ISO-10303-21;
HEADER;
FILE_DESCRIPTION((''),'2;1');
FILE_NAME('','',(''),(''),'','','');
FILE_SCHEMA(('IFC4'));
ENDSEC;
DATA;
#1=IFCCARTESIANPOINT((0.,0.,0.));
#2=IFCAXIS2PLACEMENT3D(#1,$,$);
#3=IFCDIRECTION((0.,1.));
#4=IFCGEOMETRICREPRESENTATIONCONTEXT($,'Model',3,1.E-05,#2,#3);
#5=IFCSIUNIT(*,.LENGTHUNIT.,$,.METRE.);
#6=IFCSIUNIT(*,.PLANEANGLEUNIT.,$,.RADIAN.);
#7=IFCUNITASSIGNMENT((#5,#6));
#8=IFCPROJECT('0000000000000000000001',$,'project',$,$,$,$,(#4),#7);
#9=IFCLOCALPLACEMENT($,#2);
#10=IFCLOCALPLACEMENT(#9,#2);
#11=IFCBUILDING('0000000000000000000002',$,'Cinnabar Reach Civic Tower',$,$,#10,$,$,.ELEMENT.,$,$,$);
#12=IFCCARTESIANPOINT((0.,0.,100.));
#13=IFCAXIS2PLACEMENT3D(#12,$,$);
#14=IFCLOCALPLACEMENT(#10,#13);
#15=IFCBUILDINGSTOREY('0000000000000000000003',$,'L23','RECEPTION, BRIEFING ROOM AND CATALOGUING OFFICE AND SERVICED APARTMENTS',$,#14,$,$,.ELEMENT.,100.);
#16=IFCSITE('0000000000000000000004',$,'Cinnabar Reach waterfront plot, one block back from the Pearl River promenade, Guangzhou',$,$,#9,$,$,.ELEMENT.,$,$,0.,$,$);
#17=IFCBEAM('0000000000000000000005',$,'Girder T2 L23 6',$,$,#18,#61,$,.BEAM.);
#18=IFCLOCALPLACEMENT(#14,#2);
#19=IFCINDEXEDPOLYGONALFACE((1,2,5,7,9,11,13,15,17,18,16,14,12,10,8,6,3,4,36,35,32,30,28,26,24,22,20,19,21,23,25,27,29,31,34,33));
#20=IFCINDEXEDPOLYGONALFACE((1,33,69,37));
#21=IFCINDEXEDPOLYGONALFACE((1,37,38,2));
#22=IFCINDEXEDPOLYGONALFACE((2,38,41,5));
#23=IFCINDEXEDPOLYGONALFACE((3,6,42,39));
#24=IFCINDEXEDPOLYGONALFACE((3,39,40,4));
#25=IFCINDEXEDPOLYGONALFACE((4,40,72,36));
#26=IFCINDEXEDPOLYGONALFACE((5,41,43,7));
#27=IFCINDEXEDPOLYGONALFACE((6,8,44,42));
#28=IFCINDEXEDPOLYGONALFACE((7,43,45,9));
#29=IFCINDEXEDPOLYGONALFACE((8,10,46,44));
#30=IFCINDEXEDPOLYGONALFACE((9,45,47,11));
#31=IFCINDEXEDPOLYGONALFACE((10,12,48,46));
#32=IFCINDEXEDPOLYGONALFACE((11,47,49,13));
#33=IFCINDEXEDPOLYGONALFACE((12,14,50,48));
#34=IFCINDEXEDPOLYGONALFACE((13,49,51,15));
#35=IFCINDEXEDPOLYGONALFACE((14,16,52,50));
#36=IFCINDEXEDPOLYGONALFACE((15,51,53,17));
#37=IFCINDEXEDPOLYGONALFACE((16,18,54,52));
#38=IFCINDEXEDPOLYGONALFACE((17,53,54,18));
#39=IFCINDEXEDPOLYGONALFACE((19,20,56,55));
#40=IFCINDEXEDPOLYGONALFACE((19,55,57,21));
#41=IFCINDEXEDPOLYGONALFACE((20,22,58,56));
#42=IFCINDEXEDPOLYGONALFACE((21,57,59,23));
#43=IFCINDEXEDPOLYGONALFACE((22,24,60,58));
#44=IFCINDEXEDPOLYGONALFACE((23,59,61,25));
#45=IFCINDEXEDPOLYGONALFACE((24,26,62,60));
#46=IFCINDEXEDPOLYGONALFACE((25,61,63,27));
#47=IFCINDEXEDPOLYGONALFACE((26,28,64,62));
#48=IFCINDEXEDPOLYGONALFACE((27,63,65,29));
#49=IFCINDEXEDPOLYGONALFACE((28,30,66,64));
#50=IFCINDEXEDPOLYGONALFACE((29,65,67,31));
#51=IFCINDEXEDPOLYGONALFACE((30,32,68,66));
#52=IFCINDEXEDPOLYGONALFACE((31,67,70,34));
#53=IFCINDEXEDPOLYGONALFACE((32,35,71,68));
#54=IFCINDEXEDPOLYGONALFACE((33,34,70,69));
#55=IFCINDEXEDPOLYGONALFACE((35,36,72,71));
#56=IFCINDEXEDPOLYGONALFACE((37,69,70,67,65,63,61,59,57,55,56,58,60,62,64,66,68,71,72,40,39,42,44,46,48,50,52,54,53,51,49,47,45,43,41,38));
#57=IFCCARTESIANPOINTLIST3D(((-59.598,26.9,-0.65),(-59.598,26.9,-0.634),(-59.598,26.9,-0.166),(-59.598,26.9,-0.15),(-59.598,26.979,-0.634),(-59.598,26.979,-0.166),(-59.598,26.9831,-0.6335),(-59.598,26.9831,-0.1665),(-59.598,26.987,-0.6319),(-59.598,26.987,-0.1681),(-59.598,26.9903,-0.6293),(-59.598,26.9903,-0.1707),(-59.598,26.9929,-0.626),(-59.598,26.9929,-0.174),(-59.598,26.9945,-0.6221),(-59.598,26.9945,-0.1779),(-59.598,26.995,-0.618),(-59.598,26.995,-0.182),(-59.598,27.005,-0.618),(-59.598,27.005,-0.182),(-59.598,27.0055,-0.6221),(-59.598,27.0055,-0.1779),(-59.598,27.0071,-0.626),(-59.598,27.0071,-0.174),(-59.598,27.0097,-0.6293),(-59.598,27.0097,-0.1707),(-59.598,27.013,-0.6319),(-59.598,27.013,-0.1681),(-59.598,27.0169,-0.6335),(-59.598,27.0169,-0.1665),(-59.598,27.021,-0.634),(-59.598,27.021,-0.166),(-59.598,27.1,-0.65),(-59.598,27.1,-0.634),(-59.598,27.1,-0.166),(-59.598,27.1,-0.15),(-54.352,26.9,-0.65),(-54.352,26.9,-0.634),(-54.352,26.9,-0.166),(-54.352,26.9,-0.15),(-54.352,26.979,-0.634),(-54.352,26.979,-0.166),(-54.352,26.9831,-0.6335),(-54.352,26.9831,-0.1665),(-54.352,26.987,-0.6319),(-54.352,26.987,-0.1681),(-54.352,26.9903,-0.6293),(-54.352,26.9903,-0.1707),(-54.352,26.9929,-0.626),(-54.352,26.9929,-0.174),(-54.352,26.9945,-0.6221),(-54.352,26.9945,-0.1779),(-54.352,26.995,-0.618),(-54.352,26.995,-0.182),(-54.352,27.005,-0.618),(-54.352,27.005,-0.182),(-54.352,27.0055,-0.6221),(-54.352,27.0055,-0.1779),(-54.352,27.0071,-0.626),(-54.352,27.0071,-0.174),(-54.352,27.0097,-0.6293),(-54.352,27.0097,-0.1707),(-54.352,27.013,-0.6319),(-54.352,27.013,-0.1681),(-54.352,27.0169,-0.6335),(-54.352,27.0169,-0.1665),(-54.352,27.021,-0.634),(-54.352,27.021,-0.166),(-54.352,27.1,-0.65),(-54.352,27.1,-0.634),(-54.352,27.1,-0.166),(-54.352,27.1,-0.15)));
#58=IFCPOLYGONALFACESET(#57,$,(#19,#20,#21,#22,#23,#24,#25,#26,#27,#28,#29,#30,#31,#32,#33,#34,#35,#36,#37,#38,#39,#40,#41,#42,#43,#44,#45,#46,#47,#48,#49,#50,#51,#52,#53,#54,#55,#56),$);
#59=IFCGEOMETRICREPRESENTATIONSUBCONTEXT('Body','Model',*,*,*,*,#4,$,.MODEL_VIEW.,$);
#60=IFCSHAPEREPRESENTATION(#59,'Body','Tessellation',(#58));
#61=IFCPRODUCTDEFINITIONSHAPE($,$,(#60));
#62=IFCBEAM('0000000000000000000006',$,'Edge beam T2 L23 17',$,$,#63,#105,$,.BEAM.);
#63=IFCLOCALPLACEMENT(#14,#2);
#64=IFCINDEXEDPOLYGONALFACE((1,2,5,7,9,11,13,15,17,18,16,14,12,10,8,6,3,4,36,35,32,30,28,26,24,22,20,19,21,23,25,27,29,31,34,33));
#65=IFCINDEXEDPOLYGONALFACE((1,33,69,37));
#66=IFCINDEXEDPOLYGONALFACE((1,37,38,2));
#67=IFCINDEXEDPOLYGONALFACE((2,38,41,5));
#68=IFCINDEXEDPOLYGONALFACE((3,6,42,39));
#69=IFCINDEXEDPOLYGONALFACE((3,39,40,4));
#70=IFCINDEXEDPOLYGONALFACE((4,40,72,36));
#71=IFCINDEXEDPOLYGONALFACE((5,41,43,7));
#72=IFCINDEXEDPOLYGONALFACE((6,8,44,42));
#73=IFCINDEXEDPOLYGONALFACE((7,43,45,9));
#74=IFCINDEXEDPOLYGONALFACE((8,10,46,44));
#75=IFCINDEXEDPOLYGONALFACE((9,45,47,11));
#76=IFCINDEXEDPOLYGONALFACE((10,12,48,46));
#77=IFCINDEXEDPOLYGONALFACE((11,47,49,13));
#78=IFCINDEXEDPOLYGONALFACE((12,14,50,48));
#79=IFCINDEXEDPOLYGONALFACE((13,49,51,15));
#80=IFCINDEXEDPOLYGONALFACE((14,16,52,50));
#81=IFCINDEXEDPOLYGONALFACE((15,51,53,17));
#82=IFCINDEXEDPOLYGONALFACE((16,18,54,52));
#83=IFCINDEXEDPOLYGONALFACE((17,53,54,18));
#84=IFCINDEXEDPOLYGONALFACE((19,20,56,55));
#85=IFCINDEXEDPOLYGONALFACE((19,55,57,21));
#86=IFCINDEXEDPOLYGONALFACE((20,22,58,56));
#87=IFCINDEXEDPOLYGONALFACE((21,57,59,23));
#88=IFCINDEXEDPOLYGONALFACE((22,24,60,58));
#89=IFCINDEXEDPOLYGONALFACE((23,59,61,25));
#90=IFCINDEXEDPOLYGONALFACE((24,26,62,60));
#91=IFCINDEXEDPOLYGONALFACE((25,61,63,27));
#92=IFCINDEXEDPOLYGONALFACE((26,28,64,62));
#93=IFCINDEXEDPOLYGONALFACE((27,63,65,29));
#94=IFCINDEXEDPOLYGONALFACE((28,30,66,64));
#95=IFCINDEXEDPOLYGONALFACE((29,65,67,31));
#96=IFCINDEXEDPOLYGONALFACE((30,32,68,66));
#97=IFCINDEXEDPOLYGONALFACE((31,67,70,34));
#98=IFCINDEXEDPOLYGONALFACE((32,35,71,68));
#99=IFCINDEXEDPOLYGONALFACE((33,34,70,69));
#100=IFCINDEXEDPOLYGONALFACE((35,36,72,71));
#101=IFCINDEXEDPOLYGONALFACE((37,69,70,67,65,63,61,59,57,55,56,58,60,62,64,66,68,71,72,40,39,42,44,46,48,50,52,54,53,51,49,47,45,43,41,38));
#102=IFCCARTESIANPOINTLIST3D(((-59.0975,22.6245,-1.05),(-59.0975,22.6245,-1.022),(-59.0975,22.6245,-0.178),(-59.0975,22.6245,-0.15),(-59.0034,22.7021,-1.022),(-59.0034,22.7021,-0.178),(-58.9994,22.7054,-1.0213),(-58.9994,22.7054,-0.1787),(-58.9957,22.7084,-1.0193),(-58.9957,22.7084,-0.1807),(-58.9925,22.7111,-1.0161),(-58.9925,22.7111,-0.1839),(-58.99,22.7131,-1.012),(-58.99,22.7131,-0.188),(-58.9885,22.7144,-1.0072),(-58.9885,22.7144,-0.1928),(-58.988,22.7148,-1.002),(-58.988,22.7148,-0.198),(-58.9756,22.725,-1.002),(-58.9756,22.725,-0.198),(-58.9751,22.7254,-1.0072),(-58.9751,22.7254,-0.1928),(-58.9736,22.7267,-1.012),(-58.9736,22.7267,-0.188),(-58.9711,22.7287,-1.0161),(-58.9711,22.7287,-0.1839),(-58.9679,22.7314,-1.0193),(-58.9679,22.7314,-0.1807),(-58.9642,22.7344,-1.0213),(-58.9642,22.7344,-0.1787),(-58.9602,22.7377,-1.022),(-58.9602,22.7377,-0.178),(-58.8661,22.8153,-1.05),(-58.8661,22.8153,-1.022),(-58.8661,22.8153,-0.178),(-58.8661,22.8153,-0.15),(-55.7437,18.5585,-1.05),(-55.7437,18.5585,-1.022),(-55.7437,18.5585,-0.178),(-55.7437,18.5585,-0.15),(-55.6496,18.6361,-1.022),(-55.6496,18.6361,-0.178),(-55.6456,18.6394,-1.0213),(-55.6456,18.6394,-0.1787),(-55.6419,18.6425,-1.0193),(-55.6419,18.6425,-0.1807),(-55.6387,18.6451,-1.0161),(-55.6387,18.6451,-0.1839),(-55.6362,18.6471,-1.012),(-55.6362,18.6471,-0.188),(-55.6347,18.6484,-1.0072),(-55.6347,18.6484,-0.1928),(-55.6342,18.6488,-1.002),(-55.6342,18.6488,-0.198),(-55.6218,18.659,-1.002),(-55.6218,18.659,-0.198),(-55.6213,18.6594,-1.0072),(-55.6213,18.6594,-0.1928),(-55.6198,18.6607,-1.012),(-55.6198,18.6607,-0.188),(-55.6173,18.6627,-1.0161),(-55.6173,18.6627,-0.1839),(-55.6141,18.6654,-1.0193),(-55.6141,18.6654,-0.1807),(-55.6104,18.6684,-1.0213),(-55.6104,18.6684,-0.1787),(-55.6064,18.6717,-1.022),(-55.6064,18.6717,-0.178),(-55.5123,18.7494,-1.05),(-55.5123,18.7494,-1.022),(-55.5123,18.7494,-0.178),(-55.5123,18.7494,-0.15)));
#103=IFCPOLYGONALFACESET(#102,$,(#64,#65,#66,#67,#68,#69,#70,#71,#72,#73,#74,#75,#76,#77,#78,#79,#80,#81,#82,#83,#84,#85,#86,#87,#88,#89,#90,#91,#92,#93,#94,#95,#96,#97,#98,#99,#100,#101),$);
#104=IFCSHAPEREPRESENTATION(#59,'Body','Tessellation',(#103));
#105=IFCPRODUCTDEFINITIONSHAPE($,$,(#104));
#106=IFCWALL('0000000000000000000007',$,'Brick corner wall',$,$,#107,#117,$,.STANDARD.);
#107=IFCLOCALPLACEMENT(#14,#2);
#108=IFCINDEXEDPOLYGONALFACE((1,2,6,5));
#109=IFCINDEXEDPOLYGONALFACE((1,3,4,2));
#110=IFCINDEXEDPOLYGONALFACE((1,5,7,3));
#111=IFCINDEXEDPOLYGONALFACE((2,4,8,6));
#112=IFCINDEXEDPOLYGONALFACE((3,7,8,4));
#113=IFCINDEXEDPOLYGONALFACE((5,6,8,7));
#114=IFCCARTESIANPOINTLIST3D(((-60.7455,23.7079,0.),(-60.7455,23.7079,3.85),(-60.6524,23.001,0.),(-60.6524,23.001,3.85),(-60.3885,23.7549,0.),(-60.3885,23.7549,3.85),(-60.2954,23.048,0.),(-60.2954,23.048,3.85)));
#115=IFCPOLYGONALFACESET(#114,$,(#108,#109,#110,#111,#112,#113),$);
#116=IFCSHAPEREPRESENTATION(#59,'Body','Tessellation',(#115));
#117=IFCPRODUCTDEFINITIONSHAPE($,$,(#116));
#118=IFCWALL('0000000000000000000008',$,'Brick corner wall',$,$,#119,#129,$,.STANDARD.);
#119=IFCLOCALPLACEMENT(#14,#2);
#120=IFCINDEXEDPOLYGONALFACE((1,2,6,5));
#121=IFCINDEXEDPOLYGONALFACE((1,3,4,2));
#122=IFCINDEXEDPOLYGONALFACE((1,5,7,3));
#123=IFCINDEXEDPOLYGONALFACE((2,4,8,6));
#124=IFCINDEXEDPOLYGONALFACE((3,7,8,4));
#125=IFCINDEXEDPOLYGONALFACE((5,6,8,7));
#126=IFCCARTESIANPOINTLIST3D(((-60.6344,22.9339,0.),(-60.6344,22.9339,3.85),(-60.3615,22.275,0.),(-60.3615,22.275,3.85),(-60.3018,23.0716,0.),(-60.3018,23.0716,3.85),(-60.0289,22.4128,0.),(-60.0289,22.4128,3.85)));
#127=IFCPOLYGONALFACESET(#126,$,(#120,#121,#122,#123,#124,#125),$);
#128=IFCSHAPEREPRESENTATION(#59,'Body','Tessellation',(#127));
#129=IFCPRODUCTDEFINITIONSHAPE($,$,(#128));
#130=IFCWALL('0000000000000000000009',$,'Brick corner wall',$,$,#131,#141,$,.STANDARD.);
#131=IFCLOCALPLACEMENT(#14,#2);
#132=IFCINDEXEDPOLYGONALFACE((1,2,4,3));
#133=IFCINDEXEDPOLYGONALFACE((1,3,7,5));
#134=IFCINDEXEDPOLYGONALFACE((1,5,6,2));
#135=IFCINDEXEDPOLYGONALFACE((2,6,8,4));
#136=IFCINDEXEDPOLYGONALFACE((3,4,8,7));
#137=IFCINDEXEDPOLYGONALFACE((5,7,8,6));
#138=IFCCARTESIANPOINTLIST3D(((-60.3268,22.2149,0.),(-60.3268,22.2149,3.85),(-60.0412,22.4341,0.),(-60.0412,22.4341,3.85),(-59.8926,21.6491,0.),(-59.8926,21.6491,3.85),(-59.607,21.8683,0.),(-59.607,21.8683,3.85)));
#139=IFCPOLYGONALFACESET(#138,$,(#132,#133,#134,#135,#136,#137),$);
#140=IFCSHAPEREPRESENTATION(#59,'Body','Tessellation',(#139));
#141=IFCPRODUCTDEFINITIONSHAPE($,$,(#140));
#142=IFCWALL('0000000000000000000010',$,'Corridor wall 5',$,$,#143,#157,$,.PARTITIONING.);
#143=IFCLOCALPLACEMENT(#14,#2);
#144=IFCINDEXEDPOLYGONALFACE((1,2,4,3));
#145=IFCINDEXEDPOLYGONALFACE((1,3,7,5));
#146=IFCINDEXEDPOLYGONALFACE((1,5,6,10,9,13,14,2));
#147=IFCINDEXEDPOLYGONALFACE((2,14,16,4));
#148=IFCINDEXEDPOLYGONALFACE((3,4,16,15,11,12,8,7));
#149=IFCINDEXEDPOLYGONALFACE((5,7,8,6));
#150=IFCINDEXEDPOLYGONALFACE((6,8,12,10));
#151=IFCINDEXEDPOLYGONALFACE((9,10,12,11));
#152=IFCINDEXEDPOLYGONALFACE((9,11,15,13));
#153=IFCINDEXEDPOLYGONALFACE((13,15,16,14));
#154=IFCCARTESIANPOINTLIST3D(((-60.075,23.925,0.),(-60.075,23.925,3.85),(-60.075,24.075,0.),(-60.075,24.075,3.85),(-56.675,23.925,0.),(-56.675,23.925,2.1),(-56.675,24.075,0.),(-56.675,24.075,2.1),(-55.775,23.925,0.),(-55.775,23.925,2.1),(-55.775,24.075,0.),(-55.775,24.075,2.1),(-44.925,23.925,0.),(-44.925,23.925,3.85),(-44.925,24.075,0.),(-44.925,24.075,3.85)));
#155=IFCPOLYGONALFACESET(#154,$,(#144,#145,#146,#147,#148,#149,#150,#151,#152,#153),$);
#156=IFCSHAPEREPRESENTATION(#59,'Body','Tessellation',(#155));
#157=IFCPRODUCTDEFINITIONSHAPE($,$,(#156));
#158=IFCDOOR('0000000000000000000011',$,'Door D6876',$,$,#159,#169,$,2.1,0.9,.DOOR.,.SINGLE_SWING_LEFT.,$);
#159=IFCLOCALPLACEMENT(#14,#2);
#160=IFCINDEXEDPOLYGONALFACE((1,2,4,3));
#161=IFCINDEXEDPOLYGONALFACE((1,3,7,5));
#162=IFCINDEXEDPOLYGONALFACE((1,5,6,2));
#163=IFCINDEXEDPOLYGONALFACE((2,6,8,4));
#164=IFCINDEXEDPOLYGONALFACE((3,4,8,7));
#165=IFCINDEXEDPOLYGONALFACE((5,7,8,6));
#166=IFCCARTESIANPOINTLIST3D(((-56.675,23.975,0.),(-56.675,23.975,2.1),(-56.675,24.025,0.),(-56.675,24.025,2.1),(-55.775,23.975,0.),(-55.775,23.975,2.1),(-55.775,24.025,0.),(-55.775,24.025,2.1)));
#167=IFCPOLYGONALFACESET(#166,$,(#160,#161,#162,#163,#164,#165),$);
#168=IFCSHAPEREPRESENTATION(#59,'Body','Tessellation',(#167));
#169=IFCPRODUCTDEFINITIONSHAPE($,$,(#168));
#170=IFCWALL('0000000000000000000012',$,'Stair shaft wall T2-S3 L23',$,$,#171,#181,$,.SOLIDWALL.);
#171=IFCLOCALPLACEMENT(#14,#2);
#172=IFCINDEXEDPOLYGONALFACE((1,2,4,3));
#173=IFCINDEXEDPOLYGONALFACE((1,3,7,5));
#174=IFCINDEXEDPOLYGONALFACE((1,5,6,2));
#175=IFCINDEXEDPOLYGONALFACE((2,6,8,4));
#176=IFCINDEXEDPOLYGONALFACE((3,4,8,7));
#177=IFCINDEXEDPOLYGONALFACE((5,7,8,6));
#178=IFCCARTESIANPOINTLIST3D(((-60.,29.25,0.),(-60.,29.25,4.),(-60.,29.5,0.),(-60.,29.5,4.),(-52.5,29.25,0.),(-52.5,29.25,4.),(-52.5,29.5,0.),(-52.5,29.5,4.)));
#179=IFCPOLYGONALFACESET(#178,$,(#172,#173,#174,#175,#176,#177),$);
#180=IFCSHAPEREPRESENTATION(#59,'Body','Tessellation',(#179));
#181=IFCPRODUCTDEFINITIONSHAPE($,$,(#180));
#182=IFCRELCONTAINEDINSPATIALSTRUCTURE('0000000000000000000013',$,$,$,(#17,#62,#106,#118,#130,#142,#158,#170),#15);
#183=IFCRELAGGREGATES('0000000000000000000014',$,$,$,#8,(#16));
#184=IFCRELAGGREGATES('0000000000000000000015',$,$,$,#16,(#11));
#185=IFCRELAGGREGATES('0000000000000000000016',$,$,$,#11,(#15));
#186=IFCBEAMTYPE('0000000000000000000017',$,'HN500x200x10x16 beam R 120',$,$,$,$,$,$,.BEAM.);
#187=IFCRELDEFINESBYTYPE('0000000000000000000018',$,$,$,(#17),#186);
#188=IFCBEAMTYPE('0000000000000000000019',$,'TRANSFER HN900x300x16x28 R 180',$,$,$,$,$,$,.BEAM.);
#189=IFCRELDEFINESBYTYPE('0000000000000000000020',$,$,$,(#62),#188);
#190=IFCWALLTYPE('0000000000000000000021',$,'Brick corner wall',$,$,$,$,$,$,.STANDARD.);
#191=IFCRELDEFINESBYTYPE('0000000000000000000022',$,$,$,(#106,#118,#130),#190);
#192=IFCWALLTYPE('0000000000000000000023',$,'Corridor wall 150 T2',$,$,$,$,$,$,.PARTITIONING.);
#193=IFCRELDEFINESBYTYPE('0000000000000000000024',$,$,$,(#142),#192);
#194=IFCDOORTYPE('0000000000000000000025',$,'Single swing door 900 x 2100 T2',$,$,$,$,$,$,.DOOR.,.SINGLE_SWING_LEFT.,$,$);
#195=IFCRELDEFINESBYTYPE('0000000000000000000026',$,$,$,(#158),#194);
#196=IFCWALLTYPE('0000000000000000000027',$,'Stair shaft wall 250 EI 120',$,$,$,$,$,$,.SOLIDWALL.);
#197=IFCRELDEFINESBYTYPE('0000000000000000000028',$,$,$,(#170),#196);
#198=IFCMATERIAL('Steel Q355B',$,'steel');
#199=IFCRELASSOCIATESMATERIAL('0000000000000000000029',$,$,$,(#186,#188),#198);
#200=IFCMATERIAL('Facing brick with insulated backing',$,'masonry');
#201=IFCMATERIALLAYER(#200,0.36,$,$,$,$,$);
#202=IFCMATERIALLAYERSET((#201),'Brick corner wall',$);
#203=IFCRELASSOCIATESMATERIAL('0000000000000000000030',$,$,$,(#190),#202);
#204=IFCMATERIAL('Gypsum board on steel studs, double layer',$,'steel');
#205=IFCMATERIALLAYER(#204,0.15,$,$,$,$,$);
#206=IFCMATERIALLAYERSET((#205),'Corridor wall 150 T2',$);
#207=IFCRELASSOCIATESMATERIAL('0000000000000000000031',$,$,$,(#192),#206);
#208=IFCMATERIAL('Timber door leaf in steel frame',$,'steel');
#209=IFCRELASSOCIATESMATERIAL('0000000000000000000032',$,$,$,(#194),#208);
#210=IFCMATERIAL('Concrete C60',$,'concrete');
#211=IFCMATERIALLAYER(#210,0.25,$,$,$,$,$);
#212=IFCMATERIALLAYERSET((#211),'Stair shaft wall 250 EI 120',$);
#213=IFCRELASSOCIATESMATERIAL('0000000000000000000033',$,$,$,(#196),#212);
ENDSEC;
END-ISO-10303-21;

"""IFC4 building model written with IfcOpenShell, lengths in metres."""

from ifc_helpers import new_model, si_unit, direction, frame, frame_2d, origin, origin_2d, place, context, subcontext, project, spatial, rectangle, i_section, extrude, material, layer, layer_set, material_profile, profile_set, type_object, element, fill, save


model = new_model("IFC4")

# Units and contexts
model_context = context("Model", 3, precision=1e-05, world=origin(), true_north=direction((0.0, 1.0)))
body_context = subcontext(model_context, "Body", "Model", "MODEL_VIEW")
ifc_project = project(units=[si_unit("LENGTHUNIT", "METRE"), si_unit("PLANEANGLEUNIT", "RADIAN")], contexts=[model_context])

# Site, building, storey
site_placement = place(None, origin())
site = spatial("IfcSite", under=ifc_project, at=site_placement, Name="Cinnabar Reach waterfront plot, one block back from the Pearl River promenade, Guangzhou", CompositionType="ELEMENT", RefElevation=0.0)
building_placement = place(site_placement, origin())
building = spatial("IfcBuilding", under=site, at=building_placement, Name="Cinnabar Reach Civic Tower", CompositionType="ELEMENT")
storey_placement = place(building_placement, frame((0.0, 0.0, 100.0)))
storey = spatial("IfcBuildingStorey", under=building, at=storey_placement, Name="L23", Description="RECEPTION, BRIEFING ROOM AND CATALOGUING OFFICE AND SERVICED APARTMENTS", CompositionType="ELEMENT", Elevation=100.0)

# Shared definitions
ifc_material_1 = material(Name="Concrete C60", Category="concrete")

# Beams
ifc_material_2 = material(Name="Steel Q355B", Category="steel")
ifc_material_profile_1 = material_profile(ifc_material_2, i_section(OverallWidth=0.2, OverallDepth=0.5, WebThickness=0.01, FlangeThickness=0.016, FilletRadius=0.016, at=origin_2d()), Name="HN500x200x10x16")
ifc_profile_set_1 = profile_set([ifc_material_profile_1], Name="Steel Q355B")
beam_type_1 = type_object("IfcBeamType", Name="HN500x200x10x16 beam R 120", PredefinedType="BEAM", material=ifc_profile_set_1)
beam_1_placement = place(storey_placement, frame((-59.598, 27.0, -0.4), z_axis=(1.0, 0.0, 0.0), x_axis=(0.0, 1.0, 0.0)))
element("IfcBeam", 1, at=beam_1_placement, inside=storey, type_object=beam_type_1, Name="Girder T2 L23 6", PredefinedType="BEAM", context=body_context, shape_type="SweptSolid", body=[
    extrude(i_section(OverallWidth=0.2, OverallDepth=0.5, WebThickness=0.01, FlangeThickness=0.016, FilletRadius=0.016, at=origin_2d()), origin(), (0.0, 0.0, 1.0), 5.246),
])
ifc_material_profile_2 = material_profile(ifc_material_2, i_section(OverallWidth=0.3, OverallDepth=0.9, WebThickness=0.016, FlangeThickness=0.028, FilletRadius=0.02, at=origin_2d()), Name="HN900x300x16x28")
ifc_profile_set_2 = profile_set([ifc_material_profile_2], Name="Steel Q355B")
beam_type_2 = type_object("IfcBeamType", Name="TRANSFER HN900x300x16x28 R 180", PredefinedType="BEAM", material=ifc_profile_set_2)
beam_2_placement = place(storey_placement, frame((-58.9818, 22.7199, -0.6), z_axis=(0.63631, -0.771434, 0.0), x_axis=(0.771434, 0.63631, 0.0)))
element("IfcBeam", 2, at=beam_2_placement, inside=storey, type_object=beam_type_2, Name="Edge beam T2 L23 17", PredefinedType="BEAM", context=body_context, shape_type="SweptSolid", body=[
    extrude(i_section(OverallWidth=0.3, OverallDepth=0.9, WebThickness=0.016, FlangeThickness=0.028, FilletRadius=0.02, at=origin_2d()), origin(), (0.0, 0.0, 1.0), 5.2707),
])

# Walls
ifc_material_3 = material(Name="Facing brick with insulated backing", Category="masonry")
ifc_layer_1 = layer(ifc_material_3, 0.36)
ifc_layer_set_1 = layer_set([ifc_layer_1], Name="Brick corner wall")
wall_type_1 = type_object("IfcWallType", Name="Brick corner wall", PredefinedType="STANDARD", material=ifc_layer_set_1)
for number, where, z_axis, x_axis, name in (
    (3, (-60.567, 23.7314, 0.0), (0.0, 0.0, 1.0), (0.130556, -0.991441, 0.0), "Brick corner wall"),
    (4, (-60.4681, 23.0027, 0.0), (0.0, 0.0, 1.0), (0.382703, -0.923872, 0.0), "Brick corner wall"),
):
    element("IfcWall", number, at=place(storey_placement, frame(where, z_axis=z_axis, x_axis=x_axis)), inside=storey, type_object=wall_type_1, Name=name, PredefinedType="STANDARD", context=body_context, shape_type="SweptSolid", body=[
        extrude(rectangle(XDim=0.7131, YDim=0.36, at=frame_2d((0.3565, 0.0))), origin(), (0.0, 0.0, 1.0), 3.85),
    ])
wall_1_placement = place(storey_placement, frame((-60.184, 22.3245, 0.0), z_axis=(0.0, 0.0, 1.0), x_axis=(0.608802, -0.793322, 0.0)))
element("IfcWall", 5, at=wall_1_placement, inside=storey, type_object=wall_type_1, Name="Brick corner wall", PredefinedType="STANDARD", context=body_context, shape_type="SweptSolid", body=[
    extrude(rectangle(XDim=0.7132, YDim=0.36, at=frame_2d((0.3566, 0.0))), origin(), (0.0, 0.0, 1.0), 3.85),
])

# Wall, opening, door
ifc_material_4 = material(Name="Gypsum board on steel studs, double layer", Category="steel")
ifc_layer_2 = layer(ifc_material_4, 0.15)
ifc_layer_set_2 = layer_set([ifc_layer_2], Name="Corridor wall 150 T2")
wall_type_2 = type_object("IfcWallType", Name="Corridor wall 150 T2", PredefinedType="PARTITIONING", material=ifc_layer_set_2)
wall_2_placement = place(storey_placement, frame((-60.075, 24.0, 0.0), z_axis=(0.0, 0.0, 1.0), x_axis=(1.0, 0.0, 0.0)))
wall_2 = element("IfcWall", 6, at=wall_2_placement, inside=storey, type_object=wall_type_2, Name="Corridor wall 5", PredefinedType="PARTITIONING", context=body_context, shape_type="SweptSolid", body=[
    extrude(rectangle(XDim=15.15, YDim=0.15, at=frame_2d((7.575, 0.0))), origin(), (0.0, 0.0, 1.0), 3.85),
])
opening_placement = place(wall_2_placement, frame((3.4, 0.0, 0.0)))
opening = element("IfcOpeningElement", 7, at=opening_placement, cuts=wall_2, PredefinedType="OPENING", context=body_context, shape_type="SweptSolid", body=[
    extrude(rectangle(XDim=0.9, YDim=2.1, at=frame_2d((0.45, 1.05))), frame((0.0, 0.085, 0.0), z_axis=(0.0, -1.0, 0.0), x_axis=(1.0, 0.0, 0.0)), (0.0, 0.0, 1.0), 0.17),
])
ifc_material_5 = material(Name="Timber door leaf in steel frame", Category="steel")
door_type = type_object("IfcDoorType", Name="Single swing door 900 x 2100 T2", OperationType="SINGLE_SWING_LEFT", PredefinedType="DOOR", material=ifc_material_5)
door_placement = place(opening_placement, origin())
door = element("IfcDoor", 8, at=door_placement, inside=storey, type_object=door_type, Name="Door D6876", OperationType="SINGLE_SWING_LEFT", OverallHeight=2.1, OverallWidth=0.9, PredefinedType="DOOR", context=body_context, shape_type="SweptSolid", body=[
    extrude(rectangle(XDim=0.9, YDim=2.1, at=frame_2d((0.45, 1.05))), frame((0.0, 0.025, 0.0), z_axis=(0.0, -1.0, 0.0), x_axis=(1.0, 0.0, 0.0)), (0.0, 0.0, 1.0), 0.05),
])
fill(opening, door)

# Wall
ifc_layer_3 = layer(ifc_material_1, 0.25)
ifc_layer_set_3 = layer_set([ifc_layer_3], Name="Stair shaft wall 250 EI 120")
wall_type_3 = type_object("IfcWallType", Name="Stair shaft wall 250 EI 120", PredefinedType="SOLIDWALL", material=ifc_layer_set_3)
wall_3_placement = place(storey_placement, frame((-60.0, 29.375, 0.0), z_axis=(0.0, 0.0, 1.0), x_axis=(1.0, 0.0, 0.0)))
element("IfcWall", 9, at=wall_3_placement, inside=storey, type_object=wall_type_3, Name="Stair shaft wall T2-S3 L23", PredefinedType="SOLIDWALL", context=body_context, shape_type="SweptSolid", body=[
    extrude(rectangle(XDim=7.5, YDim=0.25, at=frame_2d((3.75, 0.0))), origin(), (0.0, 0.0, 1.0), 4.0),
])

save(model, "model.ifc")
